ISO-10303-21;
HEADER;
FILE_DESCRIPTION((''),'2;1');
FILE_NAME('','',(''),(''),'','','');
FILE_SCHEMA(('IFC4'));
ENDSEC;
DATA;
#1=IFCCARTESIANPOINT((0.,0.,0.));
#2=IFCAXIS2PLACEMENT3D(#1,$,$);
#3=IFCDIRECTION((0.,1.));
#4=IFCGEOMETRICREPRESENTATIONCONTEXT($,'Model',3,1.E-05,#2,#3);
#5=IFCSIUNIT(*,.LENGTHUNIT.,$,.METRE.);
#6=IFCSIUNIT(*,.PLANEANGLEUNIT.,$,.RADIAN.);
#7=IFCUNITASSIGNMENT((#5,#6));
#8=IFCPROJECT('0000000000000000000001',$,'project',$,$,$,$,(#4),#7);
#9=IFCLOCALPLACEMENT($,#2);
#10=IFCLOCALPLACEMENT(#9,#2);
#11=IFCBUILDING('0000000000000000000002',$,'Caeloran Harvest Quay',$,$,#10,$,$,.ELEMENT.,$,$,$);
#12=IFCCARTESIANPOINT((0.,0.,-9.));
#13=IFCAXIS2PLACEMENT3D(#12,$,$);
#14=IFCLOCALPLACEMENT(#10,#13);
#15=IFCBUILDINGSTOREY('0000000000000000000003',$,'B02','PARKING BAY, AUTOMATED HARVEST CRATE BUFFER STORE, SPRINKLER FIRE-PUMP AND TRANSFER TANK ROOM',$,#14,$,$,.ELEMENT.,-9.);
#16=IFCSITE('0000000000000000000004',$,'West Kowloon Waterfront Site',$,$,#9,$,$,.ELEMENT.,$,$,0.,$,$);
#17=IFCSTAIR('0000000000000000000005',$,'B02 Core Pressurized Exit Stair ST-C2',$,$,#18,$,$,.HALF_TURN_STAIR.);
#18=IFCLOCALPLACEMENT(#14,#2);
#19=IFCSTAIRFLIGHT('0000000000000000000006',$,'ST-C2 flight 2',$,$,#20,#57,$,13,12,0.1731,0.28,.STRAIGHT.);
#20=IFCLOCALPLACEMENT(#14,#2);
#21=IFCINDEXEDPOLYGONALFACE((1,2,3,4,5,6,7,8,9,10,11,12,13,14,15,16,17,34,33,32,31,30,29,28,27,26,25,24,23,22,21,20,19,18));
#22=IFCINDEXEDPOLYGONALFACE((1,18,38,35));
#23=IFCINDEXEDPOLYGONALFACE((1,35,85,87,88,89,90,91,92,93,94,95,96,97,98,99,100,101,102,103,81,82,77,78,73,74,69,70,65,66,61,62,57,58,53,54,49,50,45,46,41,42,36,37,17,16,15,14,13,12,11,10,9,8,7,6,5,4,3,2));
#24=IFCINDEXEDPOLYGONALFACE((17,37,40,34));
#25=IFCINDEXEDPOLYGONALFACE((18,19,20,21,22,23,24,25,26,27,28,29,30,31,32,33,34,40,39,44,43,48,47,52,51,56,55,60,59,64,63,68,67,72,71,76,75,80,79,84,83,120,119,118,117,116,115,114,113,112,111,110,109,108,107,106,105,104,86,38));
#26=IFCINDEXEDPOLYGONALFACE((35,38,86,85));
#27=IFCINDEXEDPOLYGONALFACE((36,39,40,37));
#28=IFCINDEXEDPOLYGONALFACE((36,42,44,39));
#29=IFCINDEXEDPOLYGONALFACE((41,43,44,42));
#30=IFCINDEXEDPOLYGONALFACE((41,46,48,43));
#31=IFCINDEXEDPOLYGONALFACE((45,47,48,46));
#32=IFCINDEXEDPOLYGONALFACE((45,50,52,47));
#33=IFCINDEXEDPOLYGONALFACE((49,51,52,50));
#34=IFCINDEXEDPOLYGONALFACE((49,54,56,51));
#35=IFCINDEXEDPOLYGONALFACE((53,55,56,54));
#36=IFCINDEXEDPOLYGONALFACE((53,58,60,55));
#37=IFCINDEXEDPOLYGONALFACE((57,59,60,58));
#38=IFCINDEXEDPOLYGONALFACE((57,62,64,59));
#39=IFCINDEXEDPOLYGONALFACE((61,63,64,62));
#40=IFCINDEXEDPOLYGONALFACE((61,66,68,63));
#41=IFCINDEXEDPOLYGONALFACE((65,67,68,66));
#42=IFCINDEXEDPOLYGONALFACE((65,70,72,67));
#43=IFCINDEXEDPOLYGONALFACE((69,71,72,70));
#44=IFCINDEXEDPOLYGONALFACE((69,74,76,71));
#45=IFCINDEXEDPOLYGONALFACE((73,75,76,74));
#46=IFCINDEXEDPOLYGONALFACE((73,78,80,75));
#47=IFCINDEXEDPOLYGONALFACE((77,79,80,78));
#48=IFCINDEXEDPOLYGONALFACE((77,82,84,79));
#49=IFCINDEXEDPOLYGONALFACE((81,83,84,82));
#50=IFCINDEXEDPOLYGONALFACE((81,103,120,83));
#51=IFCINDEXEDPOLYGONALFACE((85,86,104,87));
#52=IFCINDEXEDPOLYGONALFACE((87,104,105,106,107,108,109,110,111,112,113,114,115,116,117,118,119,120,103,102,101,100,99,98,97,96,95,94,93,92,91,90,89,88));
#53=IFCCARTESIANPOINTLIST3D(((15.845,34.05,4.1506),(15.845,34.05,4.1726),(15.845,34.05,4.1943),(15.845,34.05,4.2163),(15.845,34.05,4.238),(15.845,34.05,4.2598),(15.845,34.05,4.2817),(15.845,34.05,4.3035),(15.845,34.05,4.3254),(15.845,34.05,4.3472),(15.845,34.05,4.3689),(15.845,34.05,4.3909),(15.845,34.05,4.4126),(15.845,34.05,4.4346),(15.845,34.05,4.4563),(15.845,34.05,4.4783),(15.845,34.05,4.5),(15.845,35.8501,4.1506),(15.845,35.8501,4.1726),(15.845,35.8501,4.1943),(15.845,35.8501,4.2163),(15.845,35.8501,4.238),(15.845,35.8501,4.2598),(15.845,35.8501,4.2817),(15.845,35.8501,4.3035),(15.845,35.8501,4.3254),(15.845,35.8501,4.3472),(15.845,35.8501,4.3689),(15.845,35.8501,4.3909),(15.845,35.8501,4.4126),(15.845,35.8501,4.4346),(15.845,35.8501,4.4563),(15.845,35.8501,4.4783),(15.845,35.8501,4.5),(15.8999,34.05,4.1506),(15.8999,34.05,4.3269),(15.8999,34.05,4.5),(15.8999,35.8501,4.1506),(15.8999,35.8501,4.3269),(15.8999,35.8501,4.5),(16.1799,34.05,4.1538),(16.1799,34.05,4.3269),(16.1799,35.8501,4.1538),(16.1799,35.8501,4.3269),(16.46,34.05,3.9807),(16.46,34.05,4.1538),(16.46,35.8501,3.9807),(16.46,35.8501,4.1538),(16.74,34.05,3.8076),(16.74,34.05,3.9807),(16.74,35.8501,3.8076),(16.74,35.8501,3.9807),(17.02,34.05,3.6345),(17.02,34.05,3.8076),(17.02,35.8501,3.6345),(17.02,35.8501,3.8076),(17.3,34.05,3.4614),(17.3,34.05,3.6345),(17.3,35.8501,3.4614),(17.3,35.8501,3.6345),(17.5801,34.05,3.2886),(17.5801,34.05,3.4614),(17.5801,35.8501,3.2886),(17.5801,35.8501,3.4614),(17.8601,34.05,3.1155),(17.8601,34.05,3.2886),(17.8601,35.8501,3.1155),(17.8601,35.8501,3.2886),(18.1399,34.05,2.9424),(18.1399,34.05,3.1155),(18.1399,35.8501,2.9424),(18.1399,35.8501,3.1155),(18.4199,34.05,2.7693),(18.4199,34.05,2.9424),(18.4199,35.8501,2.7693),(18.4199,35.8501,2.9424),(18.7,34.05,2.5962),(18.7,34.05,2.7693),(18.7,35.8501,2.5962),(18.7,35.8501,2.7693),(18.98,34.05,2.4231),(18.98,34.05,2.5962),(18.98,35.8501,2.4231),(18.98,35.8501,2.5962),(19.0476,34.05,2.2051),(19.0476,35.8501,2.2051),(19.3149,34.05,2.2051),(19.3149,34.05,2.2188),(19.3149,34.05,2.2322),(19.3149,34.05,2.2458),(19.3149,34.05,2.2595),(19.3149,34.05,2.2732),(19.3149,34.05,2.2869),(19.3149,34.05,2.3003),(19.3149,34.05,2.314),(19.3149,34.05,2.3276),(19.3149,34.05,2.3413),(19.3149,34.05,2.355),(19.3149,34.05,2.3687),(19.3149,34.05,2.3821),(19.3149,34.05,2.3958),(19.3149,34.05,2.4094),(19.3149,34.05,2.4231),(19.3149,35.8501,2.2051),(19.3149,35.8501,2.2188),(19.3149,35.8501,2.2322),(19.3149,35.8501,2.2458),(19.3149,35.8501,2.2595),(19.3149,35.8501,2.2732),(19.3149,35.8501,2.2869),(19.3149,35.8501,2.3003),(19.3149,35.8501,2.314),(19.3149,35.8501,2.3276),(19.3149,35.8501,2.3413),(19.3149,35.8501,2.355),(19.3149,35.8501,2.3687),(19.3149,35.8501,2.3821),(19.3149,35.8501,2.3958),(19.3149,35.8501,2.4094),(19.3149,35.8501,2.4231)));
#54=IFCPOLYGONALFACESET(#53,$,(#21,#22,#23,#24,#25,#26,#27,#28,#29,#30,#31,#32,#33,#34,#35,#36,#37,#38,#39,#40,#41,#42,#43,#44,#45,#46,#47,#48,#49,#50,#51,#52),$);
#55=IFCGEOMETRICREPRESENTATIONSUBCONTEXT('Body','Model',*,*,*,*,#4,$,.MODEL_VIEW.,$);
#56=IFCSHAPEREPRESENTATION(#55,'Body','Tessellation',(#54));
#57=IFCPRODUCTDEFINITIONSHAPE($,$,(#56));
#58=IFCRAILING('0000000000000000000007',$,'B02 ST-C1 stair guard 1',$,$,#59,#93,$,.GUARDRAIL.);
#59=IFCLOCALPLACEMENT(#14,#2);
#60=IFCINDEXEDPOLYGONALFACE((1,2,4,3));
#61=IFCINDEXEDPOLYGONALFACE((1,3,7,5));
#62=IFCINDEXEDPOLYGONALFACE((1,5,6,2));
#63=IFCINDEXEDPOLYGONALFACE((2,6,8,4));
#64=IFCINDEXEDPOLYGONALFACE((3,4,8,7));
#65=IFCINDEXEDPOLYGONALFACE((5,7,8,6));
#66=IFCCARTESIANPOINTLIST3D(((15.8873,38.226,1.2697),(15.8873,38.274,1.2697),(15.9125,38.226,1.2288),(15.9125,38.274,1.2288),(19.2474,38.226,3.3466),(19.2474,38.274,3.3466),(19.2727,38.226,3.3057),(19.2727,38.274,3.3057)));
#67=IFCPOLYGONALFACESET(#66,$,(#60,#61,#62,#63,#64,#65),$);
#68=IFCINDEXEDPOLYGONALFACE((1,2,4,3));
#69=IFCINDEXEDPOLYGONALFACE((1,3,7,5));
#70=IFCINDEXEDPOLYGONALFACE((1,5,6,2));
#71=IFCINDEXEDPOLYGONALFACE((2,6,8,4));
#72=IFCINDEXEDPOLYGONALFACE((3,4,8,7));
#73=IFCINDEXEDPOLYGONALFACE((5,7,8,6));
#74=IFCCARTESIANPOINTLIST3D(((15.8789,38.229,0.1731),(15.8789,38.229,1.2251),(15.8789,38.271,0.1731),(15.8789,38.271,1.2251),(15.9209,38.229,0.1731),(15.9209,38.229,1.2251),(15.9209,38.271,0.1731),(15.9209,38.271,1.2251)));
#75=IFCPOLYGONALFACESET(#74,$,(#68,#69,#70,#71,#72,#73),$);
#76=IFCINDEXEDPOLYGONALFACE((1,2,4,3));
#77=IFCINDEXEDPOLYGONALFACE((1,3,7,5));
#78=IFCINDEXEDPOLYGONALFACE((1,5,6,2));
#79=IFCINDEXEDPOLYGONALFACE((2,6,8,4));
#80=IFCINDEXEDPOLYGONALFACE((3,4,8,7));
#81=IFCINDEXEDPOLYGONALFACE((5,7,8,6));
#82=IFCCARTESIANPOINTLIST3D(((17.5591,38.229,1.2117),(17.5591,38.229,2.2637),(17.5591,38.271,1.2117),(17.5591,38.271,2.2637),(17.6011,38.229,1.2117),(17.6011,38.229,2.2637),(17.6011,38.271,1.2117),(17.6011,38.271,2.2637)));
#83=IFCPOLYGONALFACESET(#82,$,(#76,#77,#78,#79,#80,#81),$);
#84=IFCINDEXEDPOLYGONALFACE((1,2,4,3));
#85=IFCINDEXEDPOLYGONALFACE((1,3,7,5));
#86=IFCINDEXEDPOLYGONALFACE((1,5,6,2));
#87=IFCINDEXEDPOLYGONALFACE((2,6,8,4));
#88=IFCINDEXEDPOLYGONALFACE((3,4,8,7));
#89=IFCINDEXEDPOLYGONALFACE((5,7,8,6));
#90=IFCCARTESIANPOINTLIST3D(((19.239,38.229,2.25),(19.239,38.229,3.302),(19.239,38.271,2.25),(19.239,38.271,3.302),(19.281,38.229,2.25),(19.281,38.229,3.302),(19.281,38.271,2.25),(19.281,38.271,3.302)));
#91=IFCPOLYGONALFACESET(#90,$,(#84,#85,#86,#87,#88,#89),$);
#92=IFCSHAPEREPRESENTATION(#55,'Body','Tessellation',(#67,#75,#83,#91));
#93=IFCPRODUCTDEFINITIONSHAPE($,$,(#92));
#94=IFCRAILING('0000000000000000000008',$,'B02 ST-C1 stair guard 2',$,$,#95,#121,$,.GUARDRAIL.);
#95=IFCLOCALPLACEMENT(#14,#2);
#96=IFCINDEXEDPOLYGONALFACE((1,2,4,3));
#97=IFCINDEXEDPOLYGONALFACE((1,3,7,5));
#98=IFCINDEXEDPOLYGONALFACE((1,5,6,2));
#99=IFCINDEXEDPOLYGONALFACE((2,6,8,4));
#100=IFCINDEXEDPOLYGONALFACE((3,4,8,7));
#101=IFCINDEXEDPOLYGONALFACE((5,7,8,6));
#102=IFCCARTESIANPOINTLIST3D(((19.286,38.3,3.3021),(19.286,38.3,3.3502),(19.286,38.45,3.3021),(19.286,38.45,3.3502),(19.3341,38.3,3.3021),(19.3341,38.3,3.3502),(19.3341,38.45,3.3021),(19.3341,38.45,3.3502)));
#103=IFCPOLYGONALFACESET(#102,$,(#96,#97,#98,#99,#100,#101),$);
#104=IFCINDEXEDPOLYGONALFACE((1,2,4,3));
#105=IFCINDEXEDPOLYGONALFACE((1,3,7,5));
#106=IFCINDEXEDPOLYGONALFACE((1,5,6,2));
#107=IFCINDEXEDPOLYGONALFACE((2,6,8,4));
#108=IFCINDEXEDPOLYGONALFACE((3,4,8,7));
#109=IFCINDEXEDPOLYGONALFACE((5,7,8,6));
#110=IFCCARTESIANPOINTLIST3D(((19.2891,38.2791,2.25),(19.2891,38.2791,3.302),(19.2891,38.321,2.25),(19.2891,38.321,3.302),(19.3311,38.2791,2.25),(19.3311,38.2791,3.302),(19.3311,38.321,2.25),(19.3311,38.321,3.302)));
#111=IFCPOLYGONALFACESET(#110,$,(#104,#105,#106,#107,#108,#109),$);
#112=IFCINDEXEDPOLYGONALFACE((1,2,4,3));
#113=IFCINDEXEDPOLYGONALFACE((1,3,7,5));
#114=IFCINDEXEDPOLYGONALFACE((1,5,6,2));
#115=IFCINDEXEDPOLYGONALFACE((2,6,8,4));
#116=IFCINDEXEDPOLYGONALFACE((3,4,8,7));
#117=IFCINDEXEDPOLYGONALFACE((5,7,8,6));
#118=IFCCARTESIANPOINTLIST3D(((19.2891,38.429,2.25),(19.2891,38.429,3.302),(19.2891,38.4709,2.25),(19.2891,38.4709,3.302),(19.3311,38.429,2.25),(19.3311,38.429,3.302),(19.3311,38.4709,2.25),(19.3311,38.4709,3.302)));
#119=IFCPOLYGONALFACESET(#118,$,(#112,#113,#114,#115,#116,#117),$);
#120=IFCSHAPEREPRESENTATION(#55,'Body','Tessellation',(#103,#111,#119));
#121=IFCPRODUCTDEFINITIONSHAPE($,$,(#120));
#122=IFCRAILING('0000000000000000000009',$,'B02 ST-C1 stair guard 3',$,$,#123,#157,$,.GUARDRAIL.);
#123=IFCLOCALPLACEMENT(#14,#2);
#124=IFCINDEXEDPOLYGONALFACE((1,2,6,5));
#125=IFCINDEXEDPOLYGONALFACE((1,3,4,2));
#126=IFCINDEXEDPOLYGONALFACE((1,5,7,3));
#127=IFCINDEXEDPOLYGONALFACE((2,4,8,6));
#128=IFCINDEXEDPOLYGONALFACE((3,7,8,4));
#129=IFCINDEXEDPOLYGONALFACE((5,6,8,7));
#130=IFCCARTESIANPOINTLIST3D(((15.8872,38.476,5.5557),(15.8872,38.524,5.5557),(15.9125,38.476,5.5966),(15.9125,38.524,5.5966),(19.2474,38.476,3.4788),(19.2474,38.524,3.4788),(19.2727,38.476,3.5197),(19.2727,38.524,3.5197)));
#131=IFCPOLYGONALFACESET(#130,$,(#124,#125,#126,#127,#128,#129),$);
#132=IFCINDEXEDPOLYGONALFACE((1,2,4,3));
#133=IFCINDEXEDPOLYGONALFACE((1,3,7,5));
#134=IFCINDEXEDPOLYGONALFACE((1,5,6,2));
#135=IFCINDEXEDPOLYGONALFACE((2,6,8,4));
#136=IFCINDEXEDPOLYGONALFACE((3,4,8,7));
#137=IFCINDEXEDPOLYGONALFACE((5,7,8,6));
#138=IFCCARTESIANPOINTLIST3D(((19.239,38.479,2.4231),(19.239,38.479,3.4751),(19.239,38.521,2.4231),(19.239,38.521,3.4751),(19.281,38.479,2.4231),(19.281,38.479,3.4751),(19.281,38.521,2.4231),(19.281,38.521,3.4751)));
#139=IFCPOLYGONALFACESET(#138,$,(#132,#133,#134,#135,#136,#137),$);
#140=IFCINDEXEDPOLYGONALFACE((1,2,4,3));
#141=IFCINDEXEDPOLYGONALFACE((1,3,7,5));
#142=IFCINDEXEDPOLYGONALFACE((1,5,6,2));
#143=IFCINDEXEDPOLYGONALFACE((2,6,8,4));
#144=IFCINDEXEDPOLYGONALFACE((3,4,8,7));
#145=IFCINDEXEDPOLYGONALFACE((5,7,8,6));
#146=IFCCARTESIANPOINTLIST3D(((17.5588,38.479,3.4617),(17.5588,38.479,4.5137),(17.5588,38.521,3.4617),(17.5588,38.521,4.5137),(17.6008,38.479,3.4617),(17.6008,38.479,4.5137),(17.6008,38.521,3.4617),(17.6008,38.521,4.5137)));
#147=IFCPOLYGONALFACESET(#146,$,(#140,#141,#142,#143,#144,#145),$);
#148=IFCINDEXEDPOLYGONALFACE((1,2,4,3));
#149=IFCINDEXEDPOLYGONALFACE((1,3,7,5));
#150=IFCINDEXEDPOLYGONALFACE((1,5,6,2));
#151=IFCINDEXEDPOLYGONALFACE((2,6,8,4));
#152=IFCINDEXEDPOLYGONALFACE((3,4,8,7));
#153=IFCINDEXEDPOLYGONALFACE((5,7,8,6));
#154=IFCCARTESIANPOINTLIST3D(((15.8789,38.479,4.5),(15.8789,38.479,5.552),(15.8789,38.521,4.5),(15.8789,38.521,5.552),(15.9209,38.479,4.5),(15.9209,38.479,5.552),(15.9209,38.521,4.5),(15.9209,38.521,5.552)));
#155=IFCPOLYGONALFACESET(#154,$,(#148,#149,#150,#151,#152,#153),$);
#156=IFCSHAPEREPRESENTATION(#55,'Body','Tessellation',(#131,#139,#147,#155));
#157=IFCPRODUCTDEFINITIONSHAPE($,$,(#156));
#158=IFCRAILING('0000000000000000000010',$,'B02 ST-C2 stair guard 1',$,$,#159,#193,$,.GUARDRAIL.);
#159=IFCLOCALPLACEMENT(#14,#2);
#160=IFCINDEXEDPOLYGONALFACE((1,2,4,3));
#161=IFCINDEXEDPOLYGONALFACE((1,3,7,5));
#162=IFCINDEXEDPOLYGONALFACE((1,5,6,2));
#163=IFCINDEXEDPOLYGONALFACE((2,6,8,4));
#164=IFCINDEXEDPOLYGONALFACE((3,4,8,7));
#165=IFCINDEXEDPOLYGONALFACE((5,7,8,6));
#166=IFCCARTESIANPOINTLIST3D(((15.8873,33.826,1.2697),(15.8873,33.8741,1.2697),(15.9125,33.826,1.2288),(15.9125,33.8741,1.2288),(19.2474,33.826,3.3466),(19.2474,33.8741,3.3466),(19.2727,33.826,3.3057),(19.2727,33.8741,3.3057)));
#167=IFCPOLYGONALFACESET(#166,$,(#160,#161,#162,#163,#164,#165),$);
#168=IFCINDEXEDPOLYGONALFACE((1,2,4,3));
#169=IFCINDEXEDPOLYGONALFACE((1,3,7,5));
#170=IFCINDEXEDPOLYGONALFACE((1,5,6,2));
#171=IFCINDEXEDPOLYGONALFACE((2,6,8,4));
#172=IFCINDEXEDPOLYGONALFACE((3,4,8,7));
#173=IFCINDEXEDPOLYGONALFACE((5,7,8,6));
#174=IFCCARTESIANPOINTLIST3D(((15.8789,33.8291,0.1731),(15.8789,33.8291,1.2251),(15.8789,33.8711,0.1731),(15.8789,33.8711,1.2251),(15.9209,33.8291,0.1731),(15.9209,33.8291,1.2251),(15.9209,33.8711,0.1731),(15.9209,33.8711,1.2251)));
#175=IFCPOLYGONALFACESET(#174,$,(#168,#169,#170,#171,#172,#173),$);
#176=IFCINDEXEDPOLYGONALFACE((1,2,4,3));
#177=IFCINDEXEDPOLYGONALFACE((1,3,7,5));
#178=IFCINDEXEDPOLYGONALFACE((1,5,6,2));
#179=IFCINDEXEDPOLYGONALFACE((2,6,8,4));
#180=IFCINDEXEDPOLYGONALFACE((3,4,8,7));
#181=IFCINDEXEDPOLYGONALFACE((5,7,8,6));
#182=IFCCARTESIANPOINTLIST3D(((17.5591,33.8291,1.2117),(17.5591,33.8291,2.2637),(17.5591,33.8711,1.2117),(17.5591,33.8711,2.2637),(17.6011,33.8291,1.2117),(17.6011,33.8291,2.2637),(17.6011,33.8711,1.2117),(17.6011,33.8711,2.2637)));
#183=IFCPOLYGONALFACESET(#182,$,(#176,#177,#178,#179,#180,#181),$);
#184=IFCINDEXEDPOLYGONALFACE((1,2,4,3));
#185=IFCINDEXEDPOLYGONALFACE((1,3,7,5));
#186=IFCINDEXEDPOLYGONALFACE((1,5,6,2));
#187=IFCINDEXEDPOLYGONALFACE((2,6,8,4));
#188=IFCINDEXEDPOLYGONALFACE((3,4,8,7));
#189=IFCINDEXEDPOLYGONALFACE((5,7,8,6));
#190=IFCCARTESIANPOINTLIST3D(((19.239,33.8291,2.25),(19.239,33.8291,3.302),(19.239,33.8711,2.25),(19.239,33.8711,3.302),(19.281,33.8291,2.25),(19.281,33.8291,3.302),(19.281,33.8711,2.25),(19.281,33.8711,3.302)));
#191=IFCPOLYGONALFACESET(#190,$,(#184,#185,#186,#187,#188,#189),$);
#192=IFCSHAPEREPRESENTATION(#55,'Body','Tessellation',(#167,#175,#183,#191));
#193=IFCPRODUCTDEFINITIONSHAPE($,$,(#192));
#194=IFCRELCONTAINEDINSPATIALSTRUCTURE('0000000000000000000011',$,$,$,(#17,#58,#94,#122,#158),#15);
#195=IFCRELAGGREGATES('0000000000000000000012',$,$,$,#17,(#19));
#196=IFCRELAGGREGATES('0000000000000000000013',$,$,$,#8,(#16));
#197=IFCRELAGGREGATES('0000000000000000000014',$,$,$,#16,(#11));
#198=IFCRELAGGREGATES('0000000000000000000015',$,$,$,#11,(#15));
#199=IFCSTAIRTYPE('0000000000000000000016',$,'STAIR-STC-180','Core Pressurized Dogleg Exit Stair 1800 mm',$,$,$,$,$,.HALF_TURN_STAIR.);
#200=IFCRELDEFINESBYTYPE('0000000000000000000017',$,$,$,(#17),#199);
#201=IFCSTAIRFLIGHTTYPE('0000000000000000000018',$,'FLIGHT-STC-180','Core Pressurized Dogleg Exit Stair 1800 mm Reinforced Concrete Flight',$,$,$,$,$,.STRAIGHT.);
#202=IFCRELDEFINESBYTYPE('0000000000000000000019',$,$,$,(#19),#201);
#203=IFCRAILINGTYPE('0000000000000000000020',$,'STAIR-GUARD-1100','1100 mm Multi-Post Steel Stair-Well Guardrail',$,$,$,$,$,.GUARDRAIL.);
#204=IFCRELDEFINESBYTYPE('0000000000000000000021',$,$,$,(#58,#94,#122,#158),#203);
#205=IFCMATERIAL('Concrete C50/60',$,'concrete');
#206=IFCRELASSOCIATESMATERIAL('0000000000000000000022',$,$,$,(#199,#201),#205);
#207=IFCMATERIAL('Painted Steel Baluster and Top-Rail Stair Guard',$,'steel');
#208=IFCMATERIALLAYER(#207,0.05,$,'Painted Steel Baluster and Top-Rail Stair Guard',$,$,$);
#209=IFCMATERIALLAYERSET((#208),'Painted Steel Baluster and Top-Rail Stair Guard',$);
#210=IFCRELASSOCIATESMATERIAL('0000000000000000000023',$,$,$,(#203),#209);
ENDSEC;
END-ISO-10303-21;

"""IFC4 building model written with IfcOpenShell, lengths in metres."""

from ifc_helpers import new_model, si_unit, direction, frame, origin, origin_2d, place, context, subcontext, project, spatial, polyline, rectangle, outline, extrude, material, layer, layer_set, type_object, element, aggregate, save


model = new_model("IFC4")

# Units and contexts
model_context = context("Model", 3, precision=1e-05, world=origin(), true_north=direction((0.0, 1.0)))
body_context = subcontext(model_context, "Body", "Model", "MODEL_VIEW")
ifc_project = project(units=[si_unit("LENGTHUNIT", "METRE"), si_unit("PLANEANGLEUNIT", "RADIAN")], contexts=[model_context])

# Site, building, storey
site_placement = place(None, origin())
site = spatial("IfcSite", under=ifc_project, at=site_placement, Name="West Kowloon Waterfront Site", CompositionType="ELEMENT", RefElevation=0.0)
building_placement = place(site_placement, origin())
building = spatial("IfcBuilding", under=site, at=building_placement, Name="Caeloran Harvest Quay", CompositionType="ELEMENT")
storey_placement = place(building_placement, frame((0.0, 0.0, -9.0)))
storey = spatial("IfcBuildingStorey", under=building, at=storey_placement, Name="B02", Description="PARKING BAY, AUTOMATED HARVEST CRATE BUFFER STORE, SPRINKLER FIRE-PUMP AND TRANSFER TANK ROOM", CompositionType="ELEMENT", Elevation=-9.0)

# Shared definitions
ifc_material_1 = material(Name="Concrete C50/60", Category="concrete")

# Stair, stair flight
stair_type = type_object("IfcStairType", Name="STAIR-STC-180", Description="Core Pressurized Dogleg Exit Stair 1800 mm", PredefinedType="HALF_TURN_STAIR", material=ifc_material_1)
stair_flight_type = type_object("IfcStairFlightType", Name="FLIGHT-STC-180", Description="Core Pressurized Dogleg Exit Stair 1800 mm Reinforced Concrete Flight", PredefinedType="STRAIGHT", material=ifc_material_1)
stair_1_placement = place(storey_placement, origin())
stair_1 = element("IfcStair", 1, at=stair_1_placement, inside=storey, type_object=stair_type, Name="B02 Core Pressurized Exit Stair ST-C2", PredefinedType="HALF_TURN_STAIR")
stair_flight_1_placement = place(storey_placement, frame((19.26, 34.95, 2.25), z_axis=(0.0, 0.0, 1.0), x_axis=(-1.0, 0.0, 0.0)))
stair_flight_1 = element("IfcStairFlight", 2, at=stair_flight_1_placement, type_object=stair_flight_type, Name="ST-C2 flight 2", NumberOfRisers=13, NumberOfTreads=12, PredefinedType="STRAIGHT", RiserHeight=0.1731, TreadLength=0.28, context=body_context, shape_type="SweptSolid", body=[
    extrude(outline(polyline([(-0.0549, -0.0449), (-0.0549, -0.0312), (-0.0549, -0.0178), (-0.0549, -0.0042), (-0.0549, 0.0095), (-0.0549, 0.0232), (-0.0549, 0.0369), (-0.0549, 0.0503), (-0.0549, 0.064), (-0.0549, 0.0776), (-0.0549, 0.0913), (-0.0549, 0.105), (-0.0549, 0.1187), (-0.0549, 0.1321), (-0.0549, 0.1458), (-0.0549, 0.1594), (-0.0549, 0.1731), (0.28, 0.1731), (0.28, 0.3462), (0.5601, 0.3462), (0.5601, 0.5193), (0.8401, 0.5193), (0.8401, 0.6924), (1.1201, 0.6924), (1.1201, 0.8655), (1.3999, 0.8655), (1.3999, 1.0386), (1.6799, 1.0386), (1.6799, 1.2114), (1.96, 1.2114), (1.96, 1.3845), (2.24, 1.3845), (2.24, 1.5576), (2.52, 1.5576), (2.52, 1.7307), (2.8, 1.7307), (2.8, 1.9038), (3.0801, 1.9038), (3.0801, 2.0769), (3.3601, 2.0769), (3.3601, 2.25), (3.415, 2.25), (3.415, 2.2283), (3.415, 2.2063), (3.415, 2.1846), (3.415, 2.1626), (3.415, 2.1409), (3.415, 2.1189), (3.415, 2.0972), (3.415, 2.0754), (3.415, 2.0535), (3.415, 2.0317), (3.415, 2.0098), (3.415, 1.988), (3.415, 1.9663), (3.415, 1.9443), (3.415, 1.9226), (3.415, 1.9006), (3.3601, 1.9006), (0.2124, -0.0449), (-0.0549, -0.0449)])), frame((0.0, 0.8999, 0.0), z_axis=(0.0, -1.0, 0.0), x_axis=(1.0, 0.0, 0.0)), (0.0, 0.0, 1.0), 1.8),
])
aggregate(stair_1, [stair_flight_1])

# Railings
ifc_material_2 = material(Name="Painted Steel Baluster and Top-Rail Stair Guard", Category="steel")
ifc_layer_1 = layer(ifc_material_2, 0.05, Name="Painted Steel Baluster and Top-Rail Stair Guard")
ifc_layer_set_1 = layer_set([ifc_layer_1], Name="Painted Steel Baluster and Top-Rail Stair Guard")
railing_type_1 = type_object("IfcRailingType", Name="STAIR-GUARD-1100", Description="1100 mm Multi-Post Steel Stair-Well Guardrail", PredefinedType="GUARDRAIL", material=ifc_layer_set_1)
railing_1_placement = place(storey_placement, frame((15.8999, 38.25, 0.1731)))
element("IfcRailing", 3, at=railing_1_placement, inside=storey, type_object=railing_type_1, Name="B02 ST-C1 stair guard 1", PredefinedType="GUARDRAIL", context=body_context, shape_type="SweptSolid", body=[
    extrude(rectangle(XDim=0.0481, YDim=0.0481, at=origin_2d()), frame((0.0, 0.0, 1.0762), z_axis=(0.850623, 0.0, 0.525776), x_axis=(0.0, 1.0, 0.0)), (0.0, 0.0, 1.0), 3.9502),
    extrude(rectangle(XDim=0.042, YDim=0.042, at=origin_2d()), origin(), (0.0, 0.0, 1.0), 1.052),
    extrude(rectangle(XDim=0.042, YDim=0.042, at=origin_2d()), frame((1.6802, 0.0, 1.0386)), (0.0, 0.0, 1.0), 1.052),
    extrude(rectangle(XDim=0.042, YDim=0.042, at=origin_2d()), frame((3.3601, 0.0, 2.0769)), (0.0, 0.0, 1.0), 1.052),
])
railing_2_placement = place(storey_placement, frame((19.3101, 38.3, 2.25)))
element("IfcRailing", 4, at=railing_2_placement, inside=storey, type_object=railing_type_1, Name="B02 ST-C1 stair guard 2", PredefinedType="GUARDRAIL", context=body_context, shape_type="SweptSolid", body=[
    extrude(rectangle(XDim=0.0481, YDim=0.0481, at=origin_2d()), frame((0.0, 0.0, 1.0762), z_axis=(0.0, 1.0, 0.0), x_axis=(-1.0, 0.0, 0.0)), (0.0, 0.0, 1.0), 0.1499),
    extrude(rectangle(XDim=0.042, YDim=0.042, at=origin_2d()), origin(), (0.0, 0.0, 1.0), 1.052),
    extrude(rectangle(XDim=0.042, YDim=0.042, at=origin_2d()), frame((0.0, 0.1499, 0.0)), (0.0, 0.0, 1.0), 1.052),
])
railing_3_placement = place(storey_placement, frame((19.26, 38.5, 2.4231)))
element("IfcRailing", 5, at=railing_3_placement, inside=storey, type_object=railing_type_1, Name="B02 ST-C1 stair guard 3", PredefinedType="GUARDRAIL", context=body_context, shape_type="SweptSolid", body=[
    extrude(rectangle(XDim=0.0481, YDim=0.0481, at=origin_2d()), frame((0.0, 0.0, 1.0762), z_axis=(-0.850623, 0.0, 0.525776), x_axis=(0.0, -1.0, 0.0)), (0.0, 0.0, 1.0), 3.9502),
    extrude(rectangle(XDim=0.042, YDim=0.042, at=origin_2d()), origin(), (0.0, 0.0, 1.0), 1.052),
    extrude(rectangle(XDim=0.042, YDim=0.042, at=origin_2d()), frame((-1.6802, 0.0, 1.0386)), (0.0, 0.0, 1.0), 1.052),
    extrude(rectangle(XDim=0.042, YDim=0.042, at=origin_2d()), frame((-3.3601, 0.0, 2.0769)), (0.0, 0.0, 1.0), 1.052),
])
railing_4_placement = place(storey_placement, frame((15.8999, 33.8501, 0.1731)))
element("IfcRailing", 6, at=railing_4_placement, inside=storey, type_object=railing_type_1, Name="B02 ST-C2 stair guard 1", PredefinedType="GUARDRAIL", context=body_context, shape_type="SweptSolid", body=[
    extrude(rectangle(XDim=0.0481, YDim=0.0481, at=origin_2d()), frame((0.0, 0.0, 1.0762), z_axis=(0.850623, 0.0, 0.525776), x_axis=(0.0, 1.0, 0.0)), (0.0, 0.0, 1.0), 3.9502),
    extrude(rectangle(XDim=0.042, YDim=0.042, at=origin_2d()), origin(), (0.0, 0.0, 1.0), 1.052),
    extrude(rectangle(XDim=0.042, YDim=0.042, at=origin_2d()), frame((1.6802, 0.0, 1.0386)), (0.0, 0.0, 1.0), 1.052),
    extrude(rectangle(XDim=0.042, YDim=0.042, at=origin_2d()), frame((3.3601, 0.0, 2.0769)), (0.0, 0.0, 1.0), 1.052),
])

save(model, "model.ifc")
